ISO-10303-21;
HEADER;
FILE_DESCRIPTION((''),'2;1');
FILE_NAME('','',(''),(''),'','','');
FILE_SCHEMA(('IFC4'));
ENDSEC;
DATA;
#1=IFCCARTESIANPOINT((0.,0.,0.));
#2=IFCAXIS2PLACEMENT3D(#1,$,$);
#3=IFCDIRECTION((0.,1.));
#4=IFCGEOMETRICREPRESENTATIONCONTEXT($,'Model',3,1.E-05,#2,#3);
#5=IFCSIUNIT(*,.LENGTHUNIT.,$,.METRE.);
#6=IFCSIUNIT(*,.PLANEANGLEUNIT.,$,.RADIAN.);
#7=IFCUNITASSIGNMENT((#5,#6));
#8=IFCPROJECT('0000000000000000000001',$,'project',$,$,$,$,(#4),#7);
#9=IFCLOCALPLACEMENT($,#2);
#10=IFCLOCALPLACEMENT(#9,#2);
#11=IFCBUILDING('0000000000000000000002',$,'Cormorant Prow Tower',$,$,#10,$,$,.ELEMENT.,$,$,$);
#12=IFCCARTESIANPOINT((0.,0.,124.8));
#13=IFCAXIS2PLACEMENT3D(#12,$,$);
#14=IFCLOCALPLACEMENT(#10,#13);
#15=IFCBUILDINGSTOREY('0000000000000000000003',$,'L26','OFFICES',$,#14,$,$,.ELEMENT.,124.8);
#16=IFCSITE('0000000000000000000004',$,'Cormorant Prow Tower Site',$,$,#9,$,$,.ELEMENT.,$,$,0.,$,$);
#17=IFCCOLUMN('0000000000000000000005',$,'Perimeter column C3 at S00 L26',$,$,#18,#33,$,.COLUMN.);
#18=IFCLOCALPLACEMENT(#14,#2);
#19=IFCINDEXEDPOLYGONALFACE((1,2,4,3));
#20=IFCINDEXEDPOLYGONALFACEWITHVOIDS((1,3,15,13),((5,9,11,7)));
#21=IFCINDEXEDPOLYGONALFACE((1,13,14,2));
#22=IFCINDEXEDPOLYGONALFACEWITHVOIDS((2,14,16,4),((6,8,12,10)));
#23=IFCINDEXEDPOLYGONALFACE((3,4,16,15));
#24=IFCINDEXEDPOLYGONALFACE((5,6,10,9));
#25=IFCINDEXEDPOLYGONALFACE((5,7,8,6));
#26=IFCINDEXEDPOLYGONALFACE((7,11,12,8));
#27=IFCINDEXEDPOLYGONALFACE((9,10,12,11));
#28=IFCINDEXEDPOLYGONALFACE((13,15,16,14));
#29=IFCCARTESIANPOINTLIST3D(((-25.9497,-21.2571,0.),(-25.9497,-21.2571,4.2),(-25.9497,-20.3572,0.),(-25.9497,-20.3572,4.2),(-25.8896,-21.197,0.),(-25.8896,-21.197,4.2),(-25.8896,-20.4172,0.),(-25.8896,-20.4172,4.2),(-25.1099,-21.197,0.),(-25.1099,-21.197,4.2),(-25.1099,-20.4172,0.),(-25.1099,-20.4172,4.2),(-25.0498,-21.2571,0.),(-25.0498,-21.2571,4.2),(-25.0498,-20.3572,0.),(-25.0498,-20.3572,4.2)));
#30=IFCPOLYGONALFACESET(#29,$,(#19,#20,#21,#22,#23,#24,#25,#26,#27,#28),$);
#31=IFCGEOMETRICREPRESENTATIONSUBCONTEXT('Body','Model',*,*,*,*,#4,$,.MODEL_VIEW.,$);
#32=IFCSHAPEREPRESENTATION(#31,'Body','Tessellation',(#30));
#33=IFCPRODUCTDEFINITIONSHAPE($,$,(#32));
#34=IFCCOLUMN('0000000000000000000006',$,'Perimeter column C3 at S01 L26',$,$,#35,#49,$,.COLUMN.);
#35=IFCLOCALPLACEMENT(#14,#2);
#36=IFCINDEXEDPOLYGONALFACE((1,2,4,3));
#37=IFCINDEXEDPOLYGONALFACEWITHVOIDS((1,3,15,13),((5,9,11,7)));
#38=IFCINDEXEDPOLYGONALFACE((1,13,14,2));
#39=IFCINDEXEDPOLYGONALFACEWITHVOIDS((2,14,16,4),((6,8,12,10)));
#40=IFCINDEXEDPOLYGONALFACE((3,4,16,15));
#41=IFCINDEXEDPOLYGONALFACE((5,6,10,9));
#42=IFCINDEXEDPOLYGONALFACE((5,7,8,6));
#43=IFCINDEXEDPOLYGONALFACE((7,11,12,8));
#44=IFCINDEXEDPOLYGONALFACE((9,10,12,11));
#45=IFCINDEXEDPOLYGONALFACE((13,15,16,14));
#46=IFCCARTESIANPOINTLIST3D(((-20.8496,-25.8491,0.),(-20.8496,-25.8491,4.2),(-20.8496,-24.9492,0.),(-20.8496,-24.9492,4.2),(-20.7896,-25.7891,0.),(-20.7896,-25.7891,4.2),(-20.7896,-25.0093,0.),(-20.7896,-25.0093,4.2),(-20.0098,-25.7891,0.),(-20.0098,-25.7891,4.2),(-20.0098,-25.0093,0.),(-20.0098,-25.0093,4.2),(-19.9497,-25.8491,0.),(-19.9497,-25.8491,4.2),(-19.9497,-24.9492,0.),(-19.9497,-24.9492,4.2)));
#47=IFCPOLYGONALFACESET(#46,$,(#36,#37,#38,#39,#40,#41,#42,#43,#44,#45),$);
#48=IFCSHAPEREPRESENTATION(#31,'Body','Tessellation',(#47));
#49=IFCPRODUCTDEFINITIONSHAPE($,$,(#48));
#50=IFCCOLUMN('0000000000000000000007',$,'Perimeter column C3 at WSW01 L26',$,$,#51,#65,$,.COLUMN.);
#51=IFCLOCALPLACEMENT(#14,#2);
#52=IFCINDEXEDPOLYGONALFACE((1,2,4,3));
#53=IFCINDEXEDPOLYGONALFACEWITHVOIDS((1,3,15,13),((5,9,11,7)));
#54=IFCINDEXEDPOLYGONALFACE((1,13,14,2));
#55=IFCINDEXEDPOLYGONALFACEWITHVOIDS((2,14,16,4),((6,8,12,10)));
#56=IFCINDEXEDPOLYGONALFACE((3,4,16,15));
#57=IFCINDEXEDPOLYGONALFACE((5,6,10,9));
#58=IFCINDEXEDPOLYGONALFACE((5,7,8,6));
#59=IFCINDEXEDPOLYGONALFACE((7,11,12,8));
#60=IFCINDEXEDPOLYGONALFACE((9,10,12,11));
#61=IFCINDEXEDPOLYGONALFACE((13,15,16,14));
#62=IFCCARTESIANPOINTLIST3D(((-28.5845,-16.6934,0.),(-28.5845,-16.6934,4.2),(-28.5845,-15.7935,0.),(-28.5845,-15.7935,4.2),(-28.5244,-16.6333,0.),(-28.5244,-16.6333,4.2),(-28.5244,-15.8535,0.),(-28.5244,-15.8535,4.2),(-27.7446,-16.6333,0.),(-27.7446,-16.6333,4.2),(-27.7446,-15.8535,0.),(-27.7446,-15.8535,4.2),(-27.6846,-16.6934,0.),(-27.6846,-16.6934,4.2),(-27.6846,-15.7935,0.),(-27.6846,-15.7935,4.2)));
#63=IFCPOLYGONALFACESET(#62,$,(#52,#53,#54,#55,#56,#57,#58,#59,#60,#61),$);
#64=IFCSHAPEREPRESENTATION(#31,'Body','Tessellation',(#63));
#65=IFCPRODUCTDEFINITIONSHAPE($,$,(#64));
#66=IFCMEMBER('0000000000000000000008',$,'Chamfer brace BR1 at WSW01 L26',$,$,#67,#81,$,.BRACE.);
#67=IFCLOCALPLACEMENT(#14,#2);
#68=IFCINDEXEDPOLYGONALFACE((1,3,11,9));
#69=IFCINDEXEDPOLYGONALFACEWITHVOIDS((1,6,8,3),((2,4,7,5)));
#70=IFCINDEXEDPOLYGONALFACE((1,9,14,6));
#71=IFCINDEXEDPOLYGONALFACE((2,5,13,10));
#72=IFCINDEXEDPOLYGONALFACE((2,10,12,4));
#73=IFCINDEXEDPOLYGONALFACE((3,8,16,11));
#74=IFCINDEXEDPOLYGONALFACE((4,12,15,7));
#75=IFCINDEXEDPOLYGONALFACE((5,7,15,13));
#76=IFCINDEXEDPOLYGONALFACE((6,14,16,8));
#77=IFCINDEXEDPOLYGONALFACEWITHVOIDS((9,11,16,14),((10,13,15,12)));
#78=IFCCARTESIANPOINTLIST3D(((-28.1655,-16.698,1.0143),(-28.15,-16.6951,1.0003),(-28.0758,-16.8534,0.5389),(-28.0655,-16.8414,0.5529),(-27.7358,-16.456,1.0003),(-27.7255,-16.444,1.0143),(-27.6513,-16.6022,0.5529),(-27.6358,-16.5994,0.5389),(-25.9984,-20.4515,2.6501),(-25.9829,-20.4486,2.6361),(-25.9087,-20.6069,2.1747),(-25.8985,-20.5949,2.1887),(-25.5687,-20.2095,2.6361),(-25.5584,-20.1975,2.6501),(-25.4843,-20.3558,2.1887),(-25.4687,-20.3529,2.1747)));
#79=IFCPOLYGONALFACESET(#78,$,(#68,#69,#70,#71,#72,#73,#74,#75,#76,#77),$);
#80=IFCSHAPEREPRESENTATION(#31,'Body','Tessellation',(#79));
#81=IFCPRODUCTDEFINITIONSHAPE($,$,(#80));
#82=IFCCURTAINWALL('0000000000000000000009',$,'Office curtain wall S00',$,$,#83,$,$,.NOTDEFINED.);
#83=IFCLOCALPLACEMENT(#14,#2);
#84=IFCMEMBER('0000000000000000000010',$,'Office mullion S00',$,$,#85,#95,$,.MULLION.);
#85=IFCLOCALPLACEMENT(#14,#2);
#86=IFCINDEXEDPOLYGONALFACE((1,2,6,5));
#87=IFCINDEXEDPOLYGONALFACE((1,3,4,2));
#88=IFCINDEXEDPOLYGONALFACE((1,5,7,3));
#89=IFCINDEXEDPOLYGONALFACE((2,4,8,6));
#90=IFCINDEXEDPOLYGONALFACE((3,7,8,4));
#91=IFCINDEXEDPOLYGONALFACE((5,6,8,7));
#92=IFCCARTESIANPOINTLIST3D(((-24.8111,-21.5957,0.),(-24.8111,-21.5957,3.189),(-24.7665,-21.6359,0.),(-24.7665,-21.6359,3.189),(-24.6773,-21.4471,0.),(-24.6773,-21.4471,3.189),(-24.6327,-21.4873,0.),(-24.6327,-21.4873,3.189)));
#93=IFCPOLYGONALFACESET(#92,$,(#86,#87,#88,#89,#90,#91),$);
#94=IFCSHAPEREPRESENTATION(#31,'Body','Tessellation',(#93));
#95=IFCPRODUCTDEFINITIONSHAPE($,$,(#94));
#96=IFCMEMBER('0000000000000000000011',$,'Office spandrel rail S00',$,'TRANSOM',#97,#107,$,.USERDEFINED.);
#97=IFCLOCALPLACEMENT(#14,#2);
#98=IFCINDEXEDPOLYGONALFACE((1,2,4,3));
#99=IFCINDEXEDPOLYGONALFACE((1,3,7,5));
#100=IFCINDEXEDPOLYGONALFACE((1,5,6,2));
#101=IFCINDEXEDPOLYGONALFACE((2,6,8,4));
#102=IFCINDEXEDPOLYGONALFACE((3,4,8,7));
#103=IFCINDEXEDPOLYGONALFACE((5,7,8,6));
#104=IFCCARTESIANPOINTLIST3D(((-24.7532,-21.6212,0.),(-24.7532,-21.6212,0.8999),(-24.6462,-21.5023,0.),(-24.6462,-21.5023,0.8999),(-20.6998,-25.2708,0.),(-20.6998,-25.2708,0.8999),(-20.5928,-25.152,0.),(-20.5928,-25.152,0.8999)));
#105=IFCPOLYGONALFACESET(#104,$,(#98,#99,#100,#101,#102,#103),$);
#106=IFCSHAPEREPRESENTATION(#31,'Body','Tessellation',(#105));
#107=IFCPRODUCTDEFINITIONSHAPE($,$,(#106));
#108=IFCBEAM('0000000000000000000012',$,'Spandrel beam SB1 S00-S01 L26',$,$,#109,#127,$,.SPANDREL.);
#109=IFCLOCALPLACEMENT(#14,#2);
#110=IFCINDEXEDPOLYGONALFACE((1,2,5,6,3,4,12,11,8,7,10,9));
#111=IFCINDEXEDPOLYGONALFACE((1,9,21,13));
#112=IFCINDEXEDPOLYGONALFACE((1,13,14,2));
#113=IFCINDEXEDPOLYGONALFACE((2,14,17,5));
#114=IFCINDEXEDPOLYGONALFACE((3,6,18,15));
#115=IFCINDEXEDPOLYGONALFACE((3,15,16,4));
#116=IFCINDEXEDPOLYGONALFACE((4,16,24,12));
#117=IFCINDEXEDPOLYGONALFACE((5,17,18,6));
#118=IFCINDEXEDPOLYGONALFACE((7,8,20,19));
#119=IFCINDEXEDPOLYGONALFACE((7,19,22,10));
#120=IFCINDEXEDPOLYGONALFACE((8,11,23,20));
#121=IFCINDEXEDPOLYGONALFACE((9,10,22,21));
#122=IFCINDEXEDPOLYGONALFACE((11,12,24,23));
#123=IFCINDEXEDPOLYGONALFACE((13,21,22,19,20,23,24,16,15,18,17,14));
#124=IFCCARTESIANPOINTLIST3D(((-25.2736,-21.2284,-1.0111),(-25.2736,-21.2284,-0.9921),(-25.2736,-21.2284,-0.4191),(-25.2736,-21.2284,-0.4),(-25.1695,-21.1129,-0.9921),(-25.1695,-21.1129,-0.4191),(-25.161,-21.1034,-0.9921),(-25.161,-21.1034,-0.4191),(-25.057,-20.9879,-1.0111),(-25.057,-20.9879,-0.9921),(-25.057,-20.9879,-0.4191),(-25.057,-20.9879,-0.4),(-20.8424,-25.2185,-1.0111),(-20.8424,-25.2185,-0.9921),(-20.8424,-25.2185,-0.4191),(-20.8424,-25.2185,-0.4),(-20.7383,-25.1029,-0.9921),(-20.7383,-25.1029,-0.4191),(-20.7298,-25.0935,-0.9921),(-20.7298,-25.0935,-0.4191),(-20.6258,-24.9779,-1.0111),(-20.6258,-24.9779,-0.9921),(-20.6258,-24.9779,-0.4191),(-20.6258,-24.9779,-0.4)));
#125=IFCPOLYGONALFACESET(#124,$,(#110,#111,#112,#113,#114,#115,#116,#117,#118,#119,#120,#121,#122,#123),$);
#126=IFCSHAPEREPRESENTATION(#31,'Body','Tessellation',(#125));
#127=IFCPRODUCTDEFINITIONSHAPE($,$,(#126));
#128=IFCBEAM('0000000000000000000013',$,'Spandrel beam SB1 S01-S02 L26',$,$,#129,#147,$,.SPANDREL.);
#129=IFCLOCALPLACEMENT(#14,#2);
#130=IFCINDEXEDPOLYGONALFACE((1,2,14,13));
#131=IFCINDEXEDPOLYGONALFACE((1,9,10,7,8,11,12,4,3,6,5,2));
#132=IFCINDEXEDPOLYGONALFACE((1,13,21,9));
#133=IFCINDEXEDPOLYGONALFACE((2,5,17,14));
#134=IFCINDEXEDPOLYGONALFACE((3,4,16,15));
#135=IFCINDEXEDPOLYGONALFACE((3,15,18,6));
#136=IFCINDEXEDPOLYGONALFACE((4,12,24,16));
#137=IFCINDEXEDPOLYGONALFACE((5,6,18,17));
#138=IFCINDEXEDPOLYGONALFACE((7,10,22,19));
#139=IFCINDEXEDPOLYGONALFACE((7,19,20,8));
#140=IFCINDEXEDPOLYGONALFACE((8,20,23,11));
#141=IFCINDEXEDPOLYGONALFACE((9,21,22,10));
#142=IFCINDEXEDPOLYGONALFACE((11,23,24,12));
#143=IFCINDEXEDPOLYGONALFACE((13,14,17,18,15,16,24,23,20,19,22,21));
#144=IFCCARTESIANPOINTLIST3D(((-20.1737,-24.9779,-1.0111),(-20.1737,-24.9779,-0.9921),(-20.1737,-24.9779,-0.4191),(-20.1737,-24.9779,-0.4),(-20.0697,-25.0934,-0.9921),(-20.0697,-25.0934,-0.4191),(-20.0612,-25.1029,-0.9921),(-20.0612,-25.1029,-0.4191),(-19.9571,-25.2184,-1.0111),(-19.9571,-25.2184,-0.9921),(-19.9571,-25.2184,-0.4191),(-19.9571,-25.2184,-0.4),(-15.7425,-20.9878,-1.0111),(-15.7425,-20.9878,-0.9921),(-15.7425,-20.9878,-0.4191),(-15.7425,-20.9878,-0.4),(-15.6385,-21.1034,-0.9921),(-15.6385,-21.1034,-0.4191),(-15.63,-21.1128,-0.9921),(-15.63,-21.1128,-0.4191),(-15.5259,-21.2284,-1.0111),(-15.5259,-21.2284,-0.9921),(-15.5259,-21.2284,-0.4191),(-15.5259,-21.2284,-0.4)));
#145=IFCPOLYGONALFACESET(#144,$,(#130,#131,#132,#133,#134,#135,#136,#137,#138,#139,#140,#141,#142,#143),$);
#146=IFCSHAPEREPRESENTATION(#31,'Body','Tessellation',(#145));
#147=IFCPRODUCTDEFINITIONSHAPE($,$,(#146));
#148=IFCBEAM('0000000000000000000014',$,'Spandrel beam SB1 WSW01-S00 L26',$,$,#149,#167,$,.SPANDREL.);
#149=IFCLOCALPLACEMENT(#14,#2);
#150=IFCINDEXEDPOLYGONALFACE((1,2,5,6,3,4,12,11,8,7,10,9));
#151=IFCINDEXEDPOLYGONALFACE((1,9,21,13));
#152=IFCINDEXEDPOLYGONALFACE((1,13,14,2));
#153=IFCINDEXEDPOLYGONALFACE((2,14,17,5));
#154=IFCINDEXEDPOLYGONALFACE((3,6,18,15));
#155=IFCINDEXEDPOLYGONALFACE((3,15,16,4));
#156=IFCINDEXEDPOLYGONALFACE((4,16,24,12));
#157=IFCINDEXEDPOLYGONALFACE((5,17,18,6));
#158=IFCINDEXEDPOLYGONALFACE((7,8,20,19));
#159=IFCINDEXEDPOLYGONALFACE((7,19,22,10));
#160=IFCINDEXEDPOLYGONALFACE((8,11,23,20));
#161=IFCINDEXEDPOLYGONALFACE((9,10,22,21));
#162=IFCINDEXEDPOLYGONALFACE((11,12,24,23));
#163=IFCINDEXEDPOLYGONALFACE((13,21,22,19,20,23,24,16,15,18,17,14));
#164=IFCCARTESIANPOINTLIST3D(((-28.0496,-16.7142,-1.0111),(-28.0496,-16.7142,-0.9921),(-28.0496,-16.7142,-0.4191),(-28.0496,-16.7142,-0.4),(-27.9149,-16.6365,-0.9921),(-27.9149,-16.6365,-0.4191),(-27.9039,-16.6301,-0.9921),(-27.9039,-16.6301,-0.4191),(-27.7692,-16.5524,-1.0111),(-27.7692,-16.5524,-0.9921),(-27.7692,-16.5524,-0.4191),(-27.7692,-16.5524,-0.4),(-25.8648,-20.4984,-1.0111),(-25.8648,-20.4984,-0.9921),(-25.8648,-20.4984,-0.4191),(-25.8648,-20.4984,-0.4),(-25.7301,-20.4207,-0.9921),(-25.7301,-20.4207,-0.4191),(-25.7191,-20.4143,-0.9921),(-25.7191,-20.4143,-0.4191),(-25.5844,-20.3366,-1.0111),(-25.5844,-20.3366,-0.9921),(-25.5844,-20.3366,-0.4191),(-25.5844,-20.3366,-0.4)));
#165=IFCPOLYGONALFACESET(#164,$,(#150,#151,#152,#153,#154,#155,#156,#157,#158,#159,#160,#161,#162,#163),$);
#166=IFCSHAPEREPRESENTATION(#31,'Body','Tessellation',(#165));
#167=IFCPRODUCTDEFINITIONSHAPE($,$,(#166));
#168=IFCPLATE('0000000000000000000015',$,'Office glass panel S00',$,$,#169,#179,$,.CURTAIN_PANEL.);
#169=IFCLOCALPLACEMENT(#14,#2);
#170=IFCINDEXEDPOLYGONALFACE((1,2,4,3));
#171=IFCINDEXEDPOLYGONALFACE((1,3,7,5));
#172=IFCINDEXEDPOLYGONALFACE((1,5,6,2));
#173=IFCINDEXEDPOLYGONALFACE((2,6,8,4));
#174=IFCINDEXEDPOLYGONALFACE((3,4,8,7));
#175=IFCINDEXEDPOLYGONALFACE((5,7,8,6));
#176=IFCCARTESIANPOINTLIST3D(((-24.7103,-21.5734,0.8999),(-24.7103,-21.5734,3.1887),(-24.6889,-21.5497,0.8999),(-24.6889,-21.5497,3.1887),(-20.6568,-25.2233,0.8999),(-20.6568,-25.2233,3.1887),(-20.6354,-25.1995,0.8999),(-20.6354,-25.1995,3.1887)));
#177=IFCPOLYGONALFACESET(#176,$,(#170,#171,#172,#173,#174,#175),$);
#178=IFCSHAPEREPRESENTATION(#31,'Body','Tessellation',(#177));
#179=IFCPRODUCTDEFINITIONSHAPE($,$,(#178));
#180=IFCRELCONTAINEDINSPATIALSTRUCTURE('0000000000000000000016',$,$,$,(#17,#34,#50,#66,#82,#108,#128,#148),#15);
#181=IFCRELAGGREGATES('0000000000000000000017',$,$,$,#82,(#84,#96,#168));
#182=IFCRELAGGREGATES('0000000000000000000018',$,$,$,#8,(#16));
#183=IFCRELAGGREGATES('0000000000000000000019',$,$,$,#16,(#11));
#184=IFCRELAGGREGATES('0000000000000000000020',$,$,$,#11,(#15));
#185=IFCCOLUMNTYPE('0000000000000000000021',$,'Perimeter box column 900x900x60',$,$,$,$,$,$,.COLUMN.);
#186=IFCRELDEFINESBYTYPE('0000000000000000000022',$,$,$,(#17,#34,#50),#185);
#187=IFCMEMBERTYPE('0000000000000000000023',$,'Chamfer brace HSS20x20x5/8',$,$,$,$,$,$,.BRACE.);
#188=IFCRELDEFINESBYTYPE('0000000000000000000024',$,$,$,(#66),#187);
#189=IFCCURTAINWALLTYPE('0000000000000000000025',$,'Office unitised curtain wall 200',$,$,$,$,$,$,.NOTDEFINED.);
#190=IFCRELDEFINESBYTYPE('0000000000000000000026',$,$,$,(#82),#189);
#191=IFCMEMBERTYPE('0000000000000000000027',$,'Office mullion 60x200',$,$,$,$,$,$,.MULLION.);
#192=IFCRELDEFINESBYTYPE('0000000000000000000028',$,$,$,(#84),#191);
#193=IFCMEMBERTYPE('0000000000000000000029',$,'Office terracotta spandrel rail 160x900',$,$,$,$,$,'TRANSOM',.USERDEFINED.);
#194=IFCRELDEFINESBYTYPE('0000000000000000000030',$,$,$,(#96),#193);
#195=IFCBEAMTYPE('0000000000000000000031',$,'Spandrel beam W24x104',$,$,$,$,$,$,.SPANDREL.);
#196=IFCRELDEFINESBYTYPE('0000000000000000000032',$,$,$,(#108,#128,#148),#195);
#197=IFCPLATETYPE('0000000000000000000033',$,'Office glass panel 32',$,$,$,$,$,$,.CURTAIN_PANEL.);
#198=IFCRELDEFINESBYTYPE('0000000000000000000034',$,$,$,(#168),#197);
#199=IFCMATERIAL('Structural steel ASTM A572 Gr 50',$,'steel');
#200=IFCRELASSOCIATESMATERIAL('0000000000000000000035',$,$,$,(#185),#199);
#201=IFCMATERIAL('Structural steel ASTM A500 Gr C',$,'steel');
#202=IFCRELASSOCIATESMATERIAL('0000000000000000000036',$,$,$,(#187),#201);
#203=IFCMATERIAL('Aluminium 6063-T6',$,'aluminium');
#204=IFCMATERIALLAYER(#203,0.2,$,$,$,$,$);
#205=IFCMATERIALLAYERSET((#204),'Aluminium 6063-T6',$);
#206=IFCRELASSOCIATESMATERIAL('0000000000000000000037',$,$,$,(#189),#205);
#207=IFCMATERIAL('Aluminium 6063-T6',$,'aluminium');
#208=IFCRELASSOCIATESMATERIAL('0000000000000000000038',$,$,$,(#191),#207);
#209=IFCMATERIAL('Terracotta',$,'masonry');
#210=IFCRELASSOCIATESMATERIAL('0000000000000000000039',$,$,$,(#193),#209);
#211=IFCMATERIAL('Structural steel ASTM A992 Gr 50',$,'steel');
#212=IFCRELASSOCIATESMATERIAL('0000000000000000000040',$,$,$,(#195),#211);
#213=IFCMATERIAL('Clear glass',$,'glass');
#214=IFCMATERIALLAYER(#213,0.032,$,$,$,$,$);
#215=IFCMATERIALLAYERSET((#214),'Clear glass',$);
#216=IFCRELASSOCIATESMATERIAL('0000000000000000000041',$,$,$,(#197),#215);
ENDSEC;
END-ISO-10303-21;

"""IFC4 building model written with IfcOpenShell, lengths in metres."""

from ifc_helpers import new_model, si_unit, direction, frame, origin, origin_2d, place, context, subcontext, project, spatial, rectangle, hollow_rectangle, i_section, extrude, material, layer, layer_set, material_profile, profile_set, type_object, element, aggregate, save


model = new_model("IFC4")

# Units and contexts
model_context = context("Model", 3, precision=1e-05, world=origin(), true_north=direction((0.0, 1.0)))
body_context = subcontext(model_context, "Body", "Model", "MODEL_VIEW")
ifc_project = project(units=[si_unit("LENGTHUNIT", "METRE"), si_unit("PLANEANGLEUNIT", "RADIAN")], contexts=[model_context])

# Site, building, storey
site_placement = place(None, origin())
site = spatial("IfcSite", under=ifc_project, at=site_placement, Name="Cormorant Prow Tower Site", CompositionType="ELEMENT", RefElevation=0.0)
building_placement = place(site_placement, origin())
building = spatial("IfcBuilding", under=site, at=building_placement, Name="Cormorant Prow Tower", CompositionType="ELEMENT")
storey_placement = place(building_placement, frame((0.0, 0.0, 124.8)))
storey = spatial("IfcBuildingStorey", under=building, at=storey_placement, Name="L26", Description="OFFICES", CompositionType="ELEMENT", Elevation=124.8)

# Columns
ifc_material_1 = material(Name="Structural steel ASTM A572 Gr 50", Category="steel")
ifc_material_profile_1 = material_profile(ifc_material_1, hollow_rectangle(XDim=0.8999, YDim=0.8999, WallThickness=0.0601, at=origin_2d()), Name="Box 900x900x60")
ifc_profile_set_1 = profile_set([ifc_material_profile_1], Name="Structural steel ASTM A572 Gr 50")
column_type = type_object("IfcColumnType", Name="Perimeter box column 900x900x60", PredefinedType="COLUMN", material=ifc_profile_set_1)
for number, where, z_axis, x_axis, name in (
    (1, (-25.4998, -20.8071, 0.0), (0.0, 0.0, 1.0), (1.0, 0.0, 0.0), "Perimeter column C3 at S00 L26"),
    (2, (-20.3997, -25.3992, 0.0), (0.0, 0.0, 1.0), (1.0, 0.0, 0.0), "Perimeter column C3 at S01 L26"),
    (3, (-28.1345, -16.2434, 0.0), (0.0, 0.0, 1.0), (1.0, 0.0, 0.0), "Perimeter column C3 at WSW01 L26"),
):
    element("IfcColumn", number, at=place(storey_placement, frame(where, z_axis=z_axis, x_axis=x_axis)), inside=storey, type_object=column_type, Name=name, PredefinedType="COLUMN", context=body_context, shape_type="SweptSolid", body=[
        extrude(hollow_rectangle(XDim=0.8999, YDim=0.8999, WallThickness=0.0601, at=origin_2d()), origin(), (0.0, 0.0, 1.0), 4.2),
    ])

# Member
ifc_material_2 = material(Name="Structural steel ASTM A500 Gr C", Category="steel")
ifc_material_profile_2 = material_profile(ifc_material_2, hollow_rectangle(XDim=0.5081, YDim=0.5081, WallThickness=0.0149, at=origin_2d()), Name="HSS20x20x5/8")
ifc_profile_set_2 = profile_set([ifc_material_profile_2], Name="Structural steel ASTM A500 Gr C")
member_type_1 = type_object("IfcMemberType", Name="Chamfer brace HSS20x20x5/8", PredefinedType="BRACE", material=ifc_profile_set_2)
member_1_placement = place(storey_placement, frame((-27.9006, -16.6487, 0.7766), z_axis=(0.467785, -0.810244, 0.353105), x_axis=(0.86603, 0.499992, 0.0)))
element("IfcMember", 4, at=member_1_placement, inside=storey, type_object=member_type_1, Name="Chamfer brace BR1 at WSW01 L26", PredefinedType="BRACE", context=body_context, shape_type="SweptSolid", body=[
    extrude(hollow_rectangle(XDim=0.5081, YDim=0.5081, WallThickness=0.0149, at=origin_2d()), origin(), (0.0, 0.0, 1.0), 4.6326),
])

# Curtain wall, members
ifc_material_3 = material(Name="Aluminium 6063-T6", Category="aluminium")
ifc_layer_1 = layer(ifc_material_3, 0.2)
ifc_layer_set_1 = layer_set([ifc_layer_1], Name="Aluminium 6063-T6")
curtain_wall_type = type_object("IfcCurtainWallType", Name="Office unitised curtain wall 200", PredefinedType="NOTDEFINED", material=ifc_layer_set_1)
curtain_wall_placement = place(storey_placement, origin())
curtain_wall = element("IfcCurtainWall", 5, at=curtain_wall_placement, inside=storey, type_object=curtain_wall_type, Name="Office curtain wall S00", PredefinedType="NOTDEFINED")
ifc_material_4 = material(Name="Aluminium 6063-T6", Category="aluminium")
ifc_material_profile_3 = material_profile(ifc_material_4, rectangle(XDim=0.2, YDim=0.0601, at=origin_2d()), Name="Office mullion 60x200")
ifc_profile_set_3 = profile_set([ifc_material_profile_3], Name="Aluminium 6063-T6")
member_type_2 = type_object("IfcMemberType", Name="Office mullion 60x200", PredefinedType="MULLION", material=ifc_profile_set_3)
member_2_placement = place(storey_placement, frame((-24.7219, -21.5415, 0.0), z_axis=(0.0, 0.0, 1.0), x_axis=(0.669131, 0.743145, 0.0)))
member_2 = element("IfcMember", 6, at=member_2_placement, type_object=member_type_2, Name="Office mullion S00", PredefinedType="MULLION", context=body_context, shape_type="SweptSolid", body=[
    extrude(rectangle(XDim=0.2, YDim=0.0601, at=origin_2d()), origin(), (0.0, 0.0, 1.0), 3.189),
])
ifc_material_5 = material(Name="Terracotta", Category="masonry")
ifc_material_profile_4 = material_profile(ifc_material_5, rectangle(XDim=0.1599, YDim=0.8999, at=origin_2d()), Name="Office terracotta spandrel rail 160x900")
ifc_profile_set_4 = profile_set([ifc_material_profile_4], Name="Terracotta")
member_type_3 = type_object("IfcMemberType", Name="Office terracotta spandrel rail 160x900", ElementType="TRANSOM", PredefinedType="USERDEFINED", material=ifc_profile_set_4)
member_3_placement = place(storey_placement, frame((-24.6997, -21.5618, 0.45), z_axis=(0.743154, -0.669121, 0.0), x_axis=(0.669121, 0.743154, 0.0)))
member_3 = element("IfcMember", 7, at=member_3_placement, type_object=member_type_3, Name="Office spandrel rail S00", ObjectType="TRANSOM", PredefinedType="USERDEFINED", context=body_context, shape_type="SweptSolid", body=[
    extrude(rectangle(XDim=0.1599, YDim=0.8999, at=origin_2d()), origin(), (0.0, 0.0, 1.0), 5.4543),
])

# Beams
ifc_material_6 = material(Name="Structural steel ASTM A992 Gr 50", Category="steel")
ifc_material_profile_5 = material_profile(ifc_material_6, i_section(OverallWidth=0.3237, OverallDepth=0.6111, WebThickness=0.0127, FlangeThickness=0.019, at=origin_2d()), Name="W24x104")
ifc_profile_set_5 = profile_set([ifc_material_profile_5], Name="Structural steel ASTM A992 Gr 50")
beam_type = type_object("IfcBeamType", Name="Spandrel beam W24x104", PredefinedType="SPANDREL", material=ifc_profile_set_5)
for number, where, z_axis, x_axis, name in (
    (8, (-25.1653, -21.1082, -0.7056), (0.743131, -0.669146, 0.0), (0.669146, 0.743131, 0.0), "Spandrel beam SB1 S00-S01 L26"),
    (9, (-20.0654, -25.0981, -0.7056), (0.743131, 0.669146, 0.0), (-0.669146, 0.743131, 0.0), "Spandrel beam SB1 S01-S02 L26"),
):
    element("IfcBeam", number, at=place(storey_placement, frame(where, z_axis=z_axis, x_axis=x_axis)), inside=storey, type_object=beam_type, Name=name, PredefinedType="SPANDREL", context=body_context, shape_type="SweptSolid", body=[
        extrude(i_section(OverallWidth=0.3237, OverallDepth=0.6111, WebThickness=0.0127, FlangeThickness=0.019, at=origin_2d()), origin(), (0.0, 0.0, 1.0), 5.9629),
    ])
beam_placement = place(storey_placement, frame((-27.9094, -16.6333, -0.7056), z_axis=(0.500003, -0.866024, 0.0), x_axis=(0.866024, 0.500003, 0.0)))
element("IfcBeam", 10, at=beam_placement, inside=storey, type_object=beam_type, Name="Spandrel beam SB1 WSW01-S00 L26", PredefinedType="SPANDREL", context=body_context, shape_type="SweptSolid", body=[
    extrude(i_section(OverallWidth=0.3237, OverallDepth=0.6111, WebThickness=0.0127, FlangeThickness=0.019, at=origin_2d()), origin(), (0.0, 0.0, 1.0), 4.3696),
])

# Plate
ifc_material_7 = material(Name="Clear glass", Category="glass")
ifc_layer_2 = layer(ifc_material_7, 0.032)
ifc_layer_set_2 = layer_set([ifc_layer_2], Name="Clear glass")
plate_type = type_object("IfcPlateType", Name="Office glass panel 32", PredefinedType="CURTAIN_PANEL", material=ifc_layer_set_2)
plate_placement = place(storey_placement, frame((-22.6729, -23.3865, 0.8999), z_axis=(0.0, 0.0, 1.0), x_axis=(0.743145, -0.669131, 0.0)))
plate = element("IfcPlate", 11, at=plate_placement, type_object=plate_type, Name="Office glass panel S00", PredefinedType="CURTAIN_PANEL", context=body_context, shape_type="SweptSolid", body=[
    extrude(rectangle(XDim=5.4546, YDim=0.032, at=origin_2d()), origin(), (0.0, 0.0, 1.0), 2.2888),
])
aggregate(curtain_wall, [member_2, member_3, plate])

save(model, "model.ifc")
